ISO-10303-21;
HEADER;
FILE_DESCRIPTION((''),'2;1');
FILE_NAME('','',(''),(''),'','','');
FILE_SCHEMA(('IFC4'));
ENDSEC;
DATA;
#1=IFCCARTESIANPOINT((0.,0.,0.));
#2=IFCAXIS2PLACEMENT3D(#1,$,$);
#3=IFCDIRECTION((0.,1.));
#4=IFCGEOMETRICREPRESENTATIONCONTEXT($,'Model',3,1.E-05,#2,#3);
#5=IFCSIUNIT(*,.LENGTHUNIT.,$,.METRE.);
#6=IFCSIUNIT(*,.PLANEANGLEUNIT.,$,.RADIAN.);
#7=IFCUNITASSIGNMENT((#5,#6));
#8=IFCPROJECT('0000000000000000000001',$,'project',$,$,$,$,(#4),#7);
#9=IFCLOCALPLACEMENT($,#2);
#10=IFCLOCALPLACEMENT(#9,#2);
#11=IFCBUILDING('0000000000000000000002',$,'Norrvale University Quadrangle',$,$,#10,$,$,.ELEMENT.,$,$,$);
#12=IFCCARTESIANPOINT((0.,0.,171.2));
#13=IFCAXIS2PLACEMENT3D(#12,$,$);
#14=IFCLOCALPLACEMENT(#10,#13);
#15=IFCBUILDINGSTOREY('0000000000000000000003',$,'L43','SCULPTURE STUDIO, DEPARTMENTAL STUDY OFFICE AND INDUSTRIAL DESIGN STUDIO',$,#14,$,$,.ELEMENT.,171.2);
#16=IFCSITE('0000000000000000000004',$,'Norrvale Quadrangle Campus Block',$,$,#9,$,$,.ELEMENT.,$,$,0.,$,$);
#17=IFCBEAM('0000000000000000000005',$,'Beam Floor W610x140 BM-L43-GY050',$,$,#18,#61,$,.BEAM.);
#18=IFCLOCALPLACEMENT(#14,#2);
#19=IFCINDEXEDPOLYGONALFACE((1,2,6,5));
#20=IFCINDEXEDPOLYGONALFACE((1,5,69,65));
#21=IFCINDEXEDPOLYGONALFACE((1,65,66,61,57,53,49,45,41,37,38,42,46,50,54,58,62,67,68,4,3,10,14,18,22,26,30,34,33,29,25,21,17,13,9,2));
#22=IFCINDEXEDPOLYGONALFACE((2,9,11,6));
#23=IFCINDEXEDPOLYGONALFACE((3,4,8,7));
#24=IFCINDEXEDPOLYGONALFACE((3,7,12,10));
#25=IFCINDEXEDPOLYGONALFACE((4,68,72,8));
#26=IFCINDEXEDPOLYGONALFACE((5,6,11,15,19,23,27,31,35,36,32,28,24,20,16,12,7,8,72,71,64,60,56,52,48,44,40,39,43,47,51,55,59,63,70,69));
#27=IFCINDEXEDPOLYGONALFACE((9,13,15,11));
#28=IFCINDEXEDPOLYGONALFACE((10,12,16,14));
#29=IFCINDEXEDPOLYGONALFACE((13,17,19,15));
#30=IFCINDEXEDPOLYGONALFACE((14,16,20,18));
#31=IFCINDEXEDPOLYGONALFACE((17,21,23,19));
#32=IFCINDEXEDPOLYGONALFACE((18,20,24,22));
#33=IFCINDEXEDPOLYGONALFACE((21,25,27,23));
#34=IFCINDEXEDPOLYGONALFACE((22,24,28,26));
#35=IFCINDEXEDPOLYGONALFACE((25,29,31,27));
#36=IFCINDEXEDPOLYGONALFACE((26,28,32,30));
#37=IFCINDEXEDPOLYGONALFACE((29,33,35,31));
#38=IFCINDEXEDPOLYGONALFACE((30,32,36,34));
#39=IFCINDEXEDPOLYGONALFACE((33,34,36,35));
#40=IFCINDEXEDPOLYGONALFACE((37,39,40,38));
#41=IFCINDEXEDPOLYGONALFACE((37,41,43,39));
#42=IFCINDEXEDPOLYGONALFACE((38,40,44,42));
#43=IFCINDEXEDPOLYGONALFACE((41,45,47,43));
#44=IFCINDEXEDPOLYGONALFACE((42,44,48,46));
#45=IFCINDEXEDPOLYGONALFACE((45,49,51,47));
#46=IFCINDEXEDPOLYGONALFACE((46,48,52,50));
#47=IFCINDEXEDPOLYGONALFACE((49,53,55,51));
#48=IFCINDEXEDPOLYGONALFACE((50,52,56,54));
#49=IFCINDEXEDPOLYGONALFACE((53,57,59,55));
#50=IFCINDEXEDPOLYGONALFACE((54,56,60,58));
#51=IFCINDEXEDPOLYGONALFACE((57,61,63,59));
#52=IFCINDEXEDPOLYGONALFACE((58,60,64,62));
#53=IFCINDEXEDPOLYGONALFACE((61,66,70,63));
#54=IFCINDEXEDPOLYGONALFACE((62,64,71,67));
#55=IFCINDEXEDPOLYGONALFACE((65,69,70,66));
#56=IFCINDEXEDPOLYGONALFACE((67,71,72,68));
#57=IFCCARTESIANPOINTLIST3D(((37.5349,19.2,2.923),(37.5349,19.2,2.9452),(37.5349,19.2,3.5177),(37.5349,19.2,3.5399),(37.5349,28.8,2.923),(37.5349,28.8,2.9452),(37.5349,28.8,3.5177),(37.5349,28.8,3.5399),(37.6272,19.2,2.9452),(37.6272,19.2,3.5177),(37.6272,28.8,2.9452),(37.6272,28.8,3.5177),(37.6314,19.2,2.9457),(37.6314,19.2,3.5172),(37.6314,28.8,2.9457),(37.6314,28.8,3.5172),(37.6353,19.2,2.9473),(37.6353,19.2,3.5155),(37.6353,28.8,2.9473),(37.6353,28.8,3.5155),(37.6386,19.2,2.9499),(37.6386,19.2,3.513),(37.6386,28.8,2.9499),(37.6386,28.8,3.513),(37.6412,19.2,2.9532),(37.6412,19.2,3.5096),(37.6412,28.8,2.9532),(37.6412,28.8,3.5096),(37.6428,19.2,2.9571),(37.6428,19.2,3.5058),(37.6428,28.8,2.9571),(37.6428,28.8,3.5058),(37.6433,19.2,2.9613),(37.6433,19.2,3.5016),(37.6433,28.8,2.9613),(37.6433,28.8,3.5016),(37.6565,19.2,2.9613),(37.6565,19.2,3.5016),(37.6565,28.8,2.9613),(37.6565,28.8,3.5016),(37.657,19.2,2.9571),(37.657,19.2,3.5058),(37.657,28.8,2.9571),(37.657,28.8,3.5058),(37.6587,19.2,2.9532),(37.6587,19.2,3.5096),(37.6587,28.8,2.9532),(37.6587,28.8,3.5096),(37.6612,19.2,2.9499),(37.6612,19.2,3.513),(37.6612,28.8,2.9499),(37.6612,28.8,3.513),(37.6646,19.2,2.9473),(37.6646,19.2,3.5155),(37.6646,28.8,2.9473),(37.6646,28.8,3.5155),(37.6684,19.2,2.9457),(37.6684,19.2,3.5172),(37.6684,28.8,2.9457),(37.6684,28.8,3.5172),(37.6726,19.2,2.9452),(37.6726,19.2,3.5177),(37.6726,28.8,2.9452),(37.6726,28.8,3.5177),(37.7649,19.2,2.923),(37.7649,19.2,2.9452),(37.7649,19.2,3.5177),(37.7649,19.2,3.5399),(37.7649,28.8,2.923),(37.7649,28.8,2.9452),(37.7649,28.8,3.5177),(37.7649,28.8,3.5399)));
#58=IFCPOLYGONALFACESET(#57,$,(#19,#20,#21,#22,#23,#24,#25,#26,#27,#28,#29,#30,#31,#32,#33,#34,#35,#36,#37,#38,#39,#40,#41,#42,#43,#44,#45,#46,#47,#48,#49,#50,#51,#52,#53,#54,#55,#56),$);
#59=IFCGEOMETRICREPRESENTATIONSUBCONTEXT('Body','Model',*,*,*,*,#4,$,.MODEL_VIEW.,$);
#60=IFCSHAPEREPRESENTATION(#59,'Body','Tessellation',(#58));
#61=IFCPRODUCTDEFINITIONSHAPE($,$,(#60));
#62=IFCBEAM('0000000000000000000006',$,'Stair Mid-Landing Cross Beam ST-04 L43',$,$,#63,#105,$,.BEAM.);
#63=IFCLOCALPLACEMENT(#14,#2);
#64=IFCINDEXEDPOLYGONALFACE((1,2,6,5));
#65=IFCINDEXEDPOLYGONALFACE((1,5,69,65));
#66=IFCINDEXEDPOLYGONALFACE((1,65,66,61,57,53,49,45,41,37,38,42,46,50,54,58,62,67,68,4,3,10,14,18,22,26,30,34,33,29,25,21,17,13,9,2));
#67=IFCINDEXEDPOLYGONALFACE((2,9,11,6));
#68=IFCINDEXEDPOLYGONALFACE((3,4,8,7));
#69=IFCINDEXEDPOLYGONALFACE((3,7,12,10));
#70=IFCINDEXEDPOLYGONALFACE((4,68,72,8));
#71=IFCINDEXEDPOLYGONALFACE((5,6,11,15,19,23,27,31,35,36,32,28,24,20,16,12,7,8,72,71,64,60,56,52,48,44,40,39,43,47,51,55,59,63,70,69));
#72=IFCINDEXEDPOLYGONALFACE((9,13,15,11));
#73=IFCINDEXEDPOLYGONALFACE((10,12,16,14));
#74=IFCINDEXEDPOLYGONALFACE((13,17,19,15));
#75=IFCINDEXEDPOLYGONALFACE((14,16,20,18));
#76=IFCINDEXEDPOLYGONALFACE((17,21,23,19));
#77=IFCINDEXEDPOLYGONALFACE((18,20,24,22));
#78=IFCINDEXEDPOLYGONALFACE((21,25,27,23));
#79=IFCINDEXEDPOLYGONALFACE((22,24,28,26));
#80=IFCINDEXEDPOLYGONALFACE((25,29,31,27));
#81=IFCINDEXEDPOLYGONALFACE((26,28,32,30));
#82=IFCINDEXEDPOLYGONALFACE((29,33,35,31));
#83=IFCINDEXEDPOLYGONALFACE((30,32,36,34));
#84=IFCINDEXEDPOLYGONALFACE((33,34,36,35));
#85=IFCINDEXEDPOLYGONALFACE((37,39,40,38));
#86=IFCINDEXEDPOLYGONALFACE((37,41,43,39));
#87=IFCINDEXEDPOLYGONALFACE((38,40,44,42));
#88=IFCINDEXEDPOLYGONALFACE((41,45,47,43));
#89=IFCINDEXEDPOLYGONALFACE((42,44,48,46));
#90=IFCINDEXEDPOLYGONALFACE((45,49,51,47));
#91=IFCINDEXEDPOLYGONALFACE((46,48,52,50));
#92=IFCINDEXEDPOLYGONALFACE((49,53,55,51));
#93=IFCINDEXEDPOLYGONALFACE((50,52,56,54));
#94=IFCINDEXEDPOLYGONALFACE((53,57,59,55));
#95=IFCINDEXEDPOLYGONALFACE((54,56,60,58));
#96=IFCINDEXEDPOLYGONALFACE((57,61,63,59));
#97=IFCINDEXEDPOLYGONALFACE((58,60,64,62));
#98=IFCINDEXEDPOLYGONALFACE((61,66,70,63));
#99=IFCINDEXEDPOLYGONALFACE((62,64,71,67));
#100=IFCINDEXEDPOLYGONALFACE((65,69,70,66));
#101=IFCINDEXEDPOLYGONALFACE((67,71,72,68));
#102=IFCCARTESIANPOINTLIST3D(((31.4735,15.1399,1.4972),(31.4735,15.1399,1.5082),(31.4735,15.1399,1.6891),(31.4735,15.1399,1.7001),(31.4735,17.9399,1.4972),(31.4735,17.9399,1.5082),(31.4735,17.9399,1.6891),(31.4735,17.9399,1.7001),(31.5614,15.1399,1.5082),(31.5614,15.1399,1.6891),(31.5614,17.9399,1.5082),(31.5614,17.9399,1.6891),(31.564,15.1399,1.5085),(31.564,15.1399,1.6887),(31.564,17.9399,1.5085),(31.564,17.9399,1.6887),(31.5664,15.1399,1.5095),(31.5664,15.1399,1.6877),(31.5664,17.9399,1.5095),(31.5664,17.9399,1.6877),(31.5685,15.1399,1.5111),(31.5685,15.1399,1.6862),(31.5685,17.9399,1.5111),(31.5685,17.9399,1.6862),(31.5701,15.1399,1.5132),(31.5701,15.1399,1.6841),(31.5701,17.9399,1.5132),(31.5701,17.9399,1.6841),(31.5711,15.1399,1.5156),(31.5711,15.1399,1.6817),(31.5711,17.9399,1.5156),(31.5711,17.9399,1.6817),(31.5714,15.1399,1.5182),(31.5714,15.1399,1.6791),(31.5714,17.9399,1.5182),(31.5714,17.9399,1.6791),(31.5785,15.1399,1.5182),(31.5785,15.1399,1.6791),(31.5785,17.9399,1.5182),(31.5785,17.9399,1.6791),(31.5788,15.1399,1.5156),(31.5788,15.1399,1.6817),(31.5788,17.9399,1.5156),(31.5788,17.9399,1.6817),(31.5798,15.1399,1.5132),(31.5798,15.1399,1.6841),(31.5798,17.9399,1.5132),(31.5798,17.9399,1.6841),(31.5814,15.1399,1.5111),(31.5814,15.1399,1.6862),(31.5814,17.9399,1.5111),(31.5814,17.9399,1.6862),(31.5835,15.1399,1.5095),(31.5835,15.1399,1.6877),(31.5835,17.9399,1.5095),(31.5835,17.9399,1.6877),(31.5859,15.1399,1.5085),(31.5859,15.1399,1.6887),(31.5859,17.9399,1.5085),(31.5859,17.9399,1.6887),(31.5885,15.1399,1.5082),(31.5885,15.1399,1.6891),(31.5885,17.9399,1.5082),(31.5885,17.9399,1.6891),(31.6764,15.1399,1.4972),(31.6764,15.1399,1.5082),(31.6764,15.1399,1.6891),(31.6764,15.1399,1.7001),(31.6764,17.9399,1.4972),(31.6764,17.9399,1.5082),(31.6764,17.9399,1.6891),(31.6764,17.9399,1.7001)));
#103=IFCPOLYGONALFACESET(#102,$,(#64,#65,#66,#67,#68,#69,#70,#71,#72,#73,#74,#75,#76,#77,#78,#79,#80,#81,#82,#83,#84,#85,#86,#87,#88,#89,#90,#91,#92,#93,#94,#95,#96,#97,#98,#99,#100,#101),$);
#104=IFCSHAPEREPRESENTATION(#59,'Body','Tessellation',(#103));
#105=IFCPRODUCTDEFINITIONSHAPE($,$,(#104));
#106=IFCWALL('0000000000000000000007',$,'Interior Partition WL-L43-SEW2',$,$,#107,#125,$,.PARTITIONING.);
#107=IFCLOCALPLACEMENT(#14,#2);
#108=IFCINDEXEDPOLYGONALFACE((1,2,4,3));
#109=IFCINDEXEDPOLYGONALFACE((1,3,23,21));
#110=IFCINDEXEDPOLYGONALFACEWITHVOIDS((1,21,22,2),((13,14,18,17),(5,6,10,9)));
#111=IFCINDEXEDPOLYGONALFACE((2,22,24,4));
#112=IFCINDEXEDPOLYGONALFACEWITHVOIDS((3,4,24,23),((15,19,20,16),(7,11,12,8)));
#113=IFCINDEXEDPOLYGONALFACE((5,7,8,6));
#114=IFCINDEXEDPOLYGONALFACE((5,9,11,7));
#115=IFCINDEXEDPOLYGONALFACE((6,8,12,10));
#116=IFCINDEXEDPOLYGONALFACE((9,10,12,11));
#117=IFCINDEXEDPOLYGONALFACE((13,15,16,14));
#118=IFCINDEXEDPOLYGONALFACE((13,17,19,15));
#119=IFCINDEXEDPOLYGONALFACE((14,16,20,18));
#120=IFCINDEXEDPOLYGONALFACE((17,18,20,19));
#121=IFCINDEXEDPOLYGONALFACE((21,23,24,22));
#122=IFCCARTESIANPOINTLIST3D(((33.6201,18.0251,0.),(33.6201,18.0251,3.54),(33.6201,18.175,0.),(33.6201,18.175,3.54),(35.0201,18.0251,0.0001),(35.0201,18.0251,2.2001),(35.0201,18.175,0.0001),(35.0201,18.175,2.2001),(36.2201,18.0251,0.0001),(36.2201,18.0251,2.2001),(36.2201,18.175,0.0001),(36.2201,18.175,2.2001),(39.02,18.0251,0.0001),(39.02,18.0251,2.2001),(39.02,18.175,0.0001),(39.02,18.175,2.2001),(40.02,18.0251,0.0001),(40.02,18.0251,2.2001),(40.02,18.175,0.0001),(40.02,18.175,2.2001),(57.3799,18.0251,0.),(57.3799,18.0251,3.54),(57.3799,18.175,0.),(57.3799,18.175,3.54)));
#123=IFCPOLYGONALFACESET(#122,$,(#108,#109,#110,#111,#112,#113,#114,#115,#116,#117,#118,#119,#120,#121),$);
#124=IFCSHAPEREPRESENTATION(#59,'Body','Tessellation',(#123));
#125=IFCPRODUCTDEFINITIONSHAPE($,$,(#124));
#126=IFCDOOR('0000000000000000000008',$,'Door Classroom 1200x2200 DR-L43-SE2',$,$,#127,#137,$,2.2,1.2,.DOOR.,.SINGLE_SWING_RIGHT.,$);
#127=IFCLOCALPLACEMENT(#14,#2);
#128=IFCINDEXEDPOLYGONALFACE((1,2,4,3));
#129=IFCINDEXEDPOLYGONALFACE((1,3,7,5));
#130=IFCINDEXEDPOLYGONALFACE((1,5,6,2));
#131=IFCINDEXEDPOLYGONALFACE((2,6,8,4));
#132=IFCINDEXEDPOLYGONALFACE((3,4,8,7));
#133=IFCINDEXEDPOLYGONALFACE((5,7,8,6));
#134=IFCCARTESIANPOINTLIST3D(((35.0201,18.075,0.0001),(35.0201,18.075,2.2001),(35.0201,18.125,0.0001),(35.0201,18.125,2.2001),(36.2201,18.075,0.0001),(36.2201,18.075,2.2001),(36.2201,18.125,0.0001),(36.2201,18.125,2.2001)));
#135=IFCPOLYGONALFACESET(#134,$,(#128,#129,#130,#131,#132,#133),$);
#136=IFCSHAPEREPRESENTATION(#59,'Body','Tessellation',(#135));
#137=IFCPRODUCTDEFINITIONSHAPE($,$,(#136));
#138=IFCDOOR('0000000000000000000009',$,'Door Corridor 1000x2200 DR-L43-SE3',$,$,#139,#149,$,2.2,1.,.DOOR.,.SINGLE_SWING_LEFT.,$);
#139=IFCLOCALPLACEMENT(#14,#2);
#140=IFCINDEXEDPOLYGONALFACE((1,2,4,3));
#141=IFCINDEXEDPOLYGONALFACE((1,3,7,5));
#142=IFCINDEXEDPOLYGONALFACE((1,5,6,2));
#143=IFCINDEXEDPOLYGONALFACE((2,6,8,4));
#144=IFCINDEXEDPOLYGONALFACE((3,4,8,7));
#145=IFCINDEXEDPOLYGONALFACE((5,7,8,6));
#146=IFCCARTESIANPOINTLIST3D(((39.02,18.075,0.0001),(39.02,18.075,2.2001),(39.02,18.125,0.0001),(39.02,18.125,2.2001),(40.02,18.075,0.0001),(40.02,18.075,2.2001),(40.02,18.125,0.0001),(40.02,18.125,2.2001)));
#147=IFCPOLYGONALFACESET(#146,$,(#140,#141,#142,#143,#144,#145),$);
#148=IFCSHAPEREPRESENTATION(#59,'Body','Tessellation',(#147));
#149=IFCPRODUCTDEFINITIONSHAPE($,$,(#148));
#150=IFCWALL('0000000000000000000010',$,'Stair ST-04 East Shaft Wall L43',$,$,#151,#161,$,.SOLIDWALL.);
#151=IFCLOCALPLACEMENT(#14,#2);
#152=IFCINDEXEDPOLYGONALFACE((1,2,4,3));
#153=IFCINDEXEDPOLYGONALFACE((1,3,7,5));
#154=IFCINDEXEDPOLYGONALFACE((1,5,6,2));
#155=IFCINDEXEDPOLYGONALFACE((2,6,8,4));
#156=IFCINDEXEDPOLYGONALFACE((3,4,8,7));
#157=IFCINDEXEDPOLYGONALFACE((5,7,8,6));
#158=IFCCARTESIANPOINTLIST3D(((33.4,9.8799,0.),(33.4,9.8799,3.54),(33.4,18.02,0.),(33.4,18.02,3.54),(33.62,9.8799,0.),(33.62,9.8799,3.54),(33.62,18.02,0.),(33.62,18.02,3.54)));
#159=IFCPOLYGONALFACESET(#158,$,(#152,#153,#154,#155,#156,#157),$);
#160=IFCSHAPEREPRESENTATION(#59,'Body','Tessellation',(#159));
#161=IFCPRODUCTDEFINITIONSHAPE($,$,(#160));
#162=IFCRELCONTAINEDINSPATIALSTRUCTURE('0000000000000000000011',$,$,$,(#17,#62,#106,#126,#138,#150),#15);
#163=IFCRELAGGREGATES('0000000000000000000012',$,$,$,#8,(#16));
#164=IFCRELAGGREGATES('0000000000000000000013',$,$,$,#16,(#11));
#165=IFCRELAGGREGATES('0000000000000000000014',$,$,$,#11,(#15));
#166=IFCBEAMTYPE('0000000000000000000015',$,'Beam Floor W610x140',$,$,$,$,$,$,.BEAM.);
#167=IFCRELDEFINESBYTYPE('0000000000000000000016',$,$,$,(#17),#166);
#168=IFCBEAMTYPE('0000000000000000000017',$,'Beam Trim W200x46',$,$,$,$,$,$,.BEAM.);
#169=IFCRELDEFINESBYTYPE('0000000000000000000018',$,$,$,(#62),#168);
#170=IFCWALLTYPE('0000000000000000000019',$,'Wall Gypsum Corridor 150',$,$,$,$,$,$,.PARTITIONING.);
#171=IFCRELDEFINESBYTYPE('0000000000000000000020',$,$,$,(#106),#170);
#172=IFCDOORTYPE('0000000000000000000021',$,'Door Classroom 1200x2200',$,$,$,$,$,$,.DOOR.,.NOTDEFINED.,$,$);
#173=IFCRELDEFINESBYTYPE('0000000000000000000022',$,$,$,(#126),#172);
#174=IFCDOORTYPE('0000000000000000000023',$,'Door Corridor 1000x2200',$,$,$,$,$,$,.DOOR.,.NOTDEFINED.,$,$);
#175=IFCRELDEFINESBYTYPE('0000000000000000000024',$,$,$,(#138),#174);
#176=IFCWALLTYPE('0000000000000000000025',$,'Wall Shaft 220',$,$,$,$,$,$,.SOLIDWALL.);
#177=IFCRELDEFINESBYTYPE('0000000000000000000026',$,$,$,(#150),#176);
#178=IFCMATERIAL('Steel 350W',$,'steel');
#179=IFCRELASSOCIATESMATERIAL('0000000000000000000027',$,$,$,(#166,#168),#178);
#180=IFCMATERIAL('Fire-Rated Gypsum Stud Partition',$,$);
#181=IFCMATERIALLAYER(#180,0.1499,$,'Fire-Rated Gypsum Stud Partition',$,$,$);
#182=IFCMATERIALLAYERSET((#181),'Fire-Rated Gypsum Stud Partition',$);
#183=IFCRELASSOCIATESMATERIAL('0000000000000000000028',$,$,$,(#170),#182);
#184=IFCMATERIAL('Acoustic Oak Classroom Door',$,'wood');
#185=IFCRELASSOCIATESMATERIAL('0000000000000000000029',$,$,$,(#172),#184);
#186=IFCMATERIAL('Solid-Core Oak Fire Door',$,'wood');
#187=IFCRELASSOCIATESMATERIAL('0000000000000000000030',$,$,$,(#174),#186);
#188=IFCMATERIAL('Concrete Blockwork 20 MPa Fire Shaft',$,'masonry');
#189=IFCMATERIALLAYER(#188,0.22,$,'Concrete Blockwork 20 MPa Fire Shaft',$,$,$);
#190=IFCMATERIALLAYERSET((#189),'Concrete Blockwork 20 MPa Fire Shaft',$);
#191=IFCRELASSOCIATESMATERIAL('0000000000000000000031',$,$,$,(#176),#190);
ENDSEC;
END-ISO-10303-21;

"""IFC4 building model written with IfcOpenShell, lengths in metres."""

from ifc_helpers import new_model, si_unit, direction, frame, frame_2d, origin, origin_2d, place, context, subcontext, project, spatial, rectangle, i_section, extrude, material, layer, layer_set, material_profile, profile_set, type_object, element, fill, save


model = new_model("IFC4")

# Units and contexts
model_context = context("Model", 3, precision=1e-05, world=origin(), true_north=direction((0.0, 1.0)))
body_context = subcontext(model_context, "Body", "Model", "MODEL_VIEW")
ifc_project = project(units=[si_unit("LENGTHUNIT", "METRE"), si_unit("PLANEANGLEUNIT", "RADIAN")], contexts=[model_context])

# Site, building, storey
site_placement = place(None, origin())
site = spatial("IfcSite", under=ifc_project, at=site_placement, Name="Norrvale Quadrangle Campus Block", CompositionType="ELEMENT", RefElevation=0.0)
building_placement = place(site_placement, origin())
building = spatial("IfcBuilding", under=site, at=building_placement, Name="Norrvale University Quadrangle", CompositionType="ELEMENT")
storey_placement = place(building_placement, frame((0.0, 0.0, 171.2)))
storey = spatial("IfcBuildingStorey", under=building, at=storey_placement, Name="L43", Description="SCULPTURE STUDIO, DEPARTMENTAL STUDY OFFICE AND INDUSTRIAL DESIGN STUDIO", CompositionType="ELEMENT", Elevation=171.2)

# Beams
ifc_material_1 = material(Name="Steel 350W", Category="steel")
ifc_material_profile_1 = material_profile(ifc_material_1, i_section(OverallWidth=0.23, OverallDepth=0.6169, WebThickness=0.0132, FlangeThickness=0.0222, FilletRadius=0.0161, at=origin_2d()), Name="Steel 350W")
ifc_profile_set_1 = profile_set([ifc_material_profile_1], Name="Steel 350W")
beam_type_1 = type_object("IfcBeamType", Name="Beam Floor W610x140", PredefinedType="BEAM", material=ifc_profile_set_1)
beam_1_placement = place(storey_placement, frame((37.6499, 19.2, 3.2314), z_axis=(0.0, 1.0, 0.0), x_axis=(-1.0, 0.0, 0.0)))
element("IfcBeam", 1, at=beam_1_placement, inside=storey, type_object=beam_type_1, Name="Beam Floor W610x140 BM-L43-GY050", PredefinedType="BEAM", context=body_context, shape_type="SweptSolid", body=[
    extrude(i_section(OverallWidth=0.23, OverallDepth=0.6169, WebThickness=0.0132, FlangeThickness=0.0222, FilletRadius=0.0161, at=origin_2d()), origin(), (0.0, 0.0, 1.0), 9.6001),
])
ifc_material_profile_2 = material_profile(ifc_material_1, i_section(OverallWidth=0.2029, OverallDepth=0.2029, WebThickness=0.0071, FlangeThickness=0.011, FilletRadius=0.01, at=origin_2d()), Name="Steel 350W")
ifc_profile_set_2 = profile_set([ifc_material_profile_2], Name="Steel 350W")
beam_type_2 = type_object("IfcBeamType", Name="Beam Trim W200x46", PredefinedType="BEAM", material=ifc_profile_set_2)
beam_2_placement = place(storey_placement, frame((31.575, 15.1399, 1.5986), z_axis=(0.0, 1.0, 0.0), x_axis=(-1.0, 0.0, 0.0)))
element("IfcBeam", 2, at=beam_2_placement, inside=storey, type_object=beam_type_2, Name="Stair Mid-Landing Cross Beam ST-04 L43", PredefinedType="BEAM", context=body_context, shape_type="SweptSolid", body=[
    extrude(i_section(OverallWidth=0.2029, OverallDepth=0.2029, WebThickness=0.0071, FlangeThickness=0.011, FilletRadius=0.01, at=origin_2d()), origin(), (0.0, 0.0, 1.0), 2.8),
])

# Wall, openings, doors
ifc_material_2 = material(Name="Fire-Rated Gypsum Stud Partition")
ifc_layer_1 = layer(ifc_material_2, 0.1499, Name="Fire-Rated Gypsum Stud Partition")
ifc_layer_set_1 = layer_set([ifc_layer_1], Name="Fire-Rated Gypsum Stud Partition")
wall_type_1 = type_object("IfcWallType", Name="Wall Gypsum Corridor 150", PredefinedType="PARTITIONING", material=ifc_layer_set_1)
wall_1_placement = place(storey_placement, frame((33.6201, 18.1001, 0.0), z_axis=(0.0, 0.0, 1.0), x_axis=(1.0, 0.0, 0.0)))
wall_1 = element("IfcWall", 3, at=wall_1_placement, inside=storey, type_object=wall_type_1, Name="Interior Partition WL-L43-SEW2", PredefinedType="PARTITIONING", context=body_context, shape_type="SweptSolid", body=[
    extrude(rectangle(XDim=23.7598, YDim=0.1499, at=frame_2d((11.8799, 0.0))), origin(), (0.0, 0.0, 1.0), 3.54),
])
opening_1_placement = place(wall_1_placement, frame((1.3999, 0.0, 0.0)))
opening_1 = element("IfcOpeningElement", 4, at=opening_1_placement, cuts=wall_1, PredefinedType="OPENING", context=body_context, shape_type="SweptSolid", body=[
    extrude(rectangle(XDim=1.2, YDim=2.2, at=frame_2d((0.6001, 1.1001))), frame((0.0, 0.0869, 0.0), z_axis=(0.0, -1.0, 0.0), x_axis=(1.0, 0.0, 0.0)), (0.0, 0.0, 1.0), 0.1738),
])
opening_2_placement = place(wall_1_placement, frame((5.3999, 0.0, 0.0)))
opening_2 = element("IfcOpeningElement", 5, at=opening_2_placement, cuts=wall_1, PredefinedType="OPENING", context=body_context, shape_type="SweptSolid", body=[
    extrude(rectangle(XDim=1.0, YDim=2.2, at=frame_2d((0.5, 1.1001))), frame((0.0, 0.0869, 0.0), z_axis=(0.0, -1.0, 0.0), x_axis=(1.0, 0.0, 0.0)), (0.0, 0.0, 1.0), 0.1738),
])
ifc_material_3 = material(Name="Acoustic Oak Classroom Door", Category="wood")
door_type_1 = type_object("IfcDoorType", Name="Door Classroom 1200x2200", OperationType="NOTDEFINED", PredefinedType="DOOR", material=ifc_material_3)
door_1_placement = place(opening_1_placement, origin())
door_1 = element("IfcDoor", 6, at=door_1_placement, inside=storey, type_object=door_type_1, Name="Door Classroom 1200x2200 DR-L43-SE2", OperationType="SINGLE_SWING_RIGHT", OverallHeight=2.2, OverallWidth=1.2, PredefinedType="DOOR", context=body_context, shape_type="SweptSolid", body=[
    extrude(rectangle(XDim=1.2, YDim=2.2, at=frame_2d((0.6001, 1.1001))), frame((0.0, 0.0249, 0.0), z_axis=(0.0, -1.0, 0.0), x_axis=(1.0, 0.0, 0.0)), (0.0, 0.0, 1.0), 0.05),
])
fill(opening_1, door_1)
ifc_material_4 = material(Name="Solid-Core Oak Fire Door", Category="wood")
door_type_2 = type_object("IfcDoorType", Name="Door Corridor 1000x2200", OperationType="NOTDEFINED", PredefinedType="DOOR", material=ifc_material_4)
door_2_placement = place(opening_2_placement, origin())
door_2 = element("IfcDoor", 7, at=door_2_placement, inside=storey, type_object=door_type_2, Name="Door Corridor 1000x2200 DR-L43-SE3", OperationType="SINGLE_SWING_LEFT", OverallHeight=2.2, OverallWidth=1.0, PredefinedType="DOOR", context=body_context, shape_type="SweptSolid", body=[
    extrude(rectangle(XDim=1.0, YDim=2.2, at=frame_2d((0.5, 1.1001))), frame((0.0, 0.0249, 0.0), z_axis=(0.0, -1.0, 0.0), x_axis=(1.0, 0.0, 0.0)), (0.0, 0.0, 1.0), 0.05),
])
fill(opening_2, door_2)

# Wall
ifc_material_5 = material(Name="Concrete Blockwork 20 MPa Fire Shaft", Category="masonry")
ifc_layer_2 = layer(ifc_material_5, 0.22, Name="Concrete Blockwork 20 MPa Fire Shaft")
ifc_layer_set_2 = layer_set([ifc_layer_2], Name="Concrete Blockwork 20 MPa Fire Shaft")
wall_type_2 = type_object("IfcWallType", Name="Wall Shaft 220", PredefinedType="SOLIDWALL", material=ifc_layer_set_2)
wall_2_placement = place(storey_placement, frame((33.51, 9.8799, 0.0), z_axis=(0.0, 0.0, 1.0), x_axis=(0.0, 1.0, 0.0)))
element("IfcWall", 8, at=wall_2_placement, inside=storey, type_object=wall_type_2, Name="Stair ST-04 East Shaft Wall L43", PredefinedType="SOLIDWALL", context=body_context, shape_type="SweptSolid", body=[
    extrude(rectangle(XDim=8.1401, YDim=0.22, at=frame_2d((4.0701, 0.0))), origin(), (0.0, 0.0, 1.0), 3.54),
])

save(model, "model.ifc")
